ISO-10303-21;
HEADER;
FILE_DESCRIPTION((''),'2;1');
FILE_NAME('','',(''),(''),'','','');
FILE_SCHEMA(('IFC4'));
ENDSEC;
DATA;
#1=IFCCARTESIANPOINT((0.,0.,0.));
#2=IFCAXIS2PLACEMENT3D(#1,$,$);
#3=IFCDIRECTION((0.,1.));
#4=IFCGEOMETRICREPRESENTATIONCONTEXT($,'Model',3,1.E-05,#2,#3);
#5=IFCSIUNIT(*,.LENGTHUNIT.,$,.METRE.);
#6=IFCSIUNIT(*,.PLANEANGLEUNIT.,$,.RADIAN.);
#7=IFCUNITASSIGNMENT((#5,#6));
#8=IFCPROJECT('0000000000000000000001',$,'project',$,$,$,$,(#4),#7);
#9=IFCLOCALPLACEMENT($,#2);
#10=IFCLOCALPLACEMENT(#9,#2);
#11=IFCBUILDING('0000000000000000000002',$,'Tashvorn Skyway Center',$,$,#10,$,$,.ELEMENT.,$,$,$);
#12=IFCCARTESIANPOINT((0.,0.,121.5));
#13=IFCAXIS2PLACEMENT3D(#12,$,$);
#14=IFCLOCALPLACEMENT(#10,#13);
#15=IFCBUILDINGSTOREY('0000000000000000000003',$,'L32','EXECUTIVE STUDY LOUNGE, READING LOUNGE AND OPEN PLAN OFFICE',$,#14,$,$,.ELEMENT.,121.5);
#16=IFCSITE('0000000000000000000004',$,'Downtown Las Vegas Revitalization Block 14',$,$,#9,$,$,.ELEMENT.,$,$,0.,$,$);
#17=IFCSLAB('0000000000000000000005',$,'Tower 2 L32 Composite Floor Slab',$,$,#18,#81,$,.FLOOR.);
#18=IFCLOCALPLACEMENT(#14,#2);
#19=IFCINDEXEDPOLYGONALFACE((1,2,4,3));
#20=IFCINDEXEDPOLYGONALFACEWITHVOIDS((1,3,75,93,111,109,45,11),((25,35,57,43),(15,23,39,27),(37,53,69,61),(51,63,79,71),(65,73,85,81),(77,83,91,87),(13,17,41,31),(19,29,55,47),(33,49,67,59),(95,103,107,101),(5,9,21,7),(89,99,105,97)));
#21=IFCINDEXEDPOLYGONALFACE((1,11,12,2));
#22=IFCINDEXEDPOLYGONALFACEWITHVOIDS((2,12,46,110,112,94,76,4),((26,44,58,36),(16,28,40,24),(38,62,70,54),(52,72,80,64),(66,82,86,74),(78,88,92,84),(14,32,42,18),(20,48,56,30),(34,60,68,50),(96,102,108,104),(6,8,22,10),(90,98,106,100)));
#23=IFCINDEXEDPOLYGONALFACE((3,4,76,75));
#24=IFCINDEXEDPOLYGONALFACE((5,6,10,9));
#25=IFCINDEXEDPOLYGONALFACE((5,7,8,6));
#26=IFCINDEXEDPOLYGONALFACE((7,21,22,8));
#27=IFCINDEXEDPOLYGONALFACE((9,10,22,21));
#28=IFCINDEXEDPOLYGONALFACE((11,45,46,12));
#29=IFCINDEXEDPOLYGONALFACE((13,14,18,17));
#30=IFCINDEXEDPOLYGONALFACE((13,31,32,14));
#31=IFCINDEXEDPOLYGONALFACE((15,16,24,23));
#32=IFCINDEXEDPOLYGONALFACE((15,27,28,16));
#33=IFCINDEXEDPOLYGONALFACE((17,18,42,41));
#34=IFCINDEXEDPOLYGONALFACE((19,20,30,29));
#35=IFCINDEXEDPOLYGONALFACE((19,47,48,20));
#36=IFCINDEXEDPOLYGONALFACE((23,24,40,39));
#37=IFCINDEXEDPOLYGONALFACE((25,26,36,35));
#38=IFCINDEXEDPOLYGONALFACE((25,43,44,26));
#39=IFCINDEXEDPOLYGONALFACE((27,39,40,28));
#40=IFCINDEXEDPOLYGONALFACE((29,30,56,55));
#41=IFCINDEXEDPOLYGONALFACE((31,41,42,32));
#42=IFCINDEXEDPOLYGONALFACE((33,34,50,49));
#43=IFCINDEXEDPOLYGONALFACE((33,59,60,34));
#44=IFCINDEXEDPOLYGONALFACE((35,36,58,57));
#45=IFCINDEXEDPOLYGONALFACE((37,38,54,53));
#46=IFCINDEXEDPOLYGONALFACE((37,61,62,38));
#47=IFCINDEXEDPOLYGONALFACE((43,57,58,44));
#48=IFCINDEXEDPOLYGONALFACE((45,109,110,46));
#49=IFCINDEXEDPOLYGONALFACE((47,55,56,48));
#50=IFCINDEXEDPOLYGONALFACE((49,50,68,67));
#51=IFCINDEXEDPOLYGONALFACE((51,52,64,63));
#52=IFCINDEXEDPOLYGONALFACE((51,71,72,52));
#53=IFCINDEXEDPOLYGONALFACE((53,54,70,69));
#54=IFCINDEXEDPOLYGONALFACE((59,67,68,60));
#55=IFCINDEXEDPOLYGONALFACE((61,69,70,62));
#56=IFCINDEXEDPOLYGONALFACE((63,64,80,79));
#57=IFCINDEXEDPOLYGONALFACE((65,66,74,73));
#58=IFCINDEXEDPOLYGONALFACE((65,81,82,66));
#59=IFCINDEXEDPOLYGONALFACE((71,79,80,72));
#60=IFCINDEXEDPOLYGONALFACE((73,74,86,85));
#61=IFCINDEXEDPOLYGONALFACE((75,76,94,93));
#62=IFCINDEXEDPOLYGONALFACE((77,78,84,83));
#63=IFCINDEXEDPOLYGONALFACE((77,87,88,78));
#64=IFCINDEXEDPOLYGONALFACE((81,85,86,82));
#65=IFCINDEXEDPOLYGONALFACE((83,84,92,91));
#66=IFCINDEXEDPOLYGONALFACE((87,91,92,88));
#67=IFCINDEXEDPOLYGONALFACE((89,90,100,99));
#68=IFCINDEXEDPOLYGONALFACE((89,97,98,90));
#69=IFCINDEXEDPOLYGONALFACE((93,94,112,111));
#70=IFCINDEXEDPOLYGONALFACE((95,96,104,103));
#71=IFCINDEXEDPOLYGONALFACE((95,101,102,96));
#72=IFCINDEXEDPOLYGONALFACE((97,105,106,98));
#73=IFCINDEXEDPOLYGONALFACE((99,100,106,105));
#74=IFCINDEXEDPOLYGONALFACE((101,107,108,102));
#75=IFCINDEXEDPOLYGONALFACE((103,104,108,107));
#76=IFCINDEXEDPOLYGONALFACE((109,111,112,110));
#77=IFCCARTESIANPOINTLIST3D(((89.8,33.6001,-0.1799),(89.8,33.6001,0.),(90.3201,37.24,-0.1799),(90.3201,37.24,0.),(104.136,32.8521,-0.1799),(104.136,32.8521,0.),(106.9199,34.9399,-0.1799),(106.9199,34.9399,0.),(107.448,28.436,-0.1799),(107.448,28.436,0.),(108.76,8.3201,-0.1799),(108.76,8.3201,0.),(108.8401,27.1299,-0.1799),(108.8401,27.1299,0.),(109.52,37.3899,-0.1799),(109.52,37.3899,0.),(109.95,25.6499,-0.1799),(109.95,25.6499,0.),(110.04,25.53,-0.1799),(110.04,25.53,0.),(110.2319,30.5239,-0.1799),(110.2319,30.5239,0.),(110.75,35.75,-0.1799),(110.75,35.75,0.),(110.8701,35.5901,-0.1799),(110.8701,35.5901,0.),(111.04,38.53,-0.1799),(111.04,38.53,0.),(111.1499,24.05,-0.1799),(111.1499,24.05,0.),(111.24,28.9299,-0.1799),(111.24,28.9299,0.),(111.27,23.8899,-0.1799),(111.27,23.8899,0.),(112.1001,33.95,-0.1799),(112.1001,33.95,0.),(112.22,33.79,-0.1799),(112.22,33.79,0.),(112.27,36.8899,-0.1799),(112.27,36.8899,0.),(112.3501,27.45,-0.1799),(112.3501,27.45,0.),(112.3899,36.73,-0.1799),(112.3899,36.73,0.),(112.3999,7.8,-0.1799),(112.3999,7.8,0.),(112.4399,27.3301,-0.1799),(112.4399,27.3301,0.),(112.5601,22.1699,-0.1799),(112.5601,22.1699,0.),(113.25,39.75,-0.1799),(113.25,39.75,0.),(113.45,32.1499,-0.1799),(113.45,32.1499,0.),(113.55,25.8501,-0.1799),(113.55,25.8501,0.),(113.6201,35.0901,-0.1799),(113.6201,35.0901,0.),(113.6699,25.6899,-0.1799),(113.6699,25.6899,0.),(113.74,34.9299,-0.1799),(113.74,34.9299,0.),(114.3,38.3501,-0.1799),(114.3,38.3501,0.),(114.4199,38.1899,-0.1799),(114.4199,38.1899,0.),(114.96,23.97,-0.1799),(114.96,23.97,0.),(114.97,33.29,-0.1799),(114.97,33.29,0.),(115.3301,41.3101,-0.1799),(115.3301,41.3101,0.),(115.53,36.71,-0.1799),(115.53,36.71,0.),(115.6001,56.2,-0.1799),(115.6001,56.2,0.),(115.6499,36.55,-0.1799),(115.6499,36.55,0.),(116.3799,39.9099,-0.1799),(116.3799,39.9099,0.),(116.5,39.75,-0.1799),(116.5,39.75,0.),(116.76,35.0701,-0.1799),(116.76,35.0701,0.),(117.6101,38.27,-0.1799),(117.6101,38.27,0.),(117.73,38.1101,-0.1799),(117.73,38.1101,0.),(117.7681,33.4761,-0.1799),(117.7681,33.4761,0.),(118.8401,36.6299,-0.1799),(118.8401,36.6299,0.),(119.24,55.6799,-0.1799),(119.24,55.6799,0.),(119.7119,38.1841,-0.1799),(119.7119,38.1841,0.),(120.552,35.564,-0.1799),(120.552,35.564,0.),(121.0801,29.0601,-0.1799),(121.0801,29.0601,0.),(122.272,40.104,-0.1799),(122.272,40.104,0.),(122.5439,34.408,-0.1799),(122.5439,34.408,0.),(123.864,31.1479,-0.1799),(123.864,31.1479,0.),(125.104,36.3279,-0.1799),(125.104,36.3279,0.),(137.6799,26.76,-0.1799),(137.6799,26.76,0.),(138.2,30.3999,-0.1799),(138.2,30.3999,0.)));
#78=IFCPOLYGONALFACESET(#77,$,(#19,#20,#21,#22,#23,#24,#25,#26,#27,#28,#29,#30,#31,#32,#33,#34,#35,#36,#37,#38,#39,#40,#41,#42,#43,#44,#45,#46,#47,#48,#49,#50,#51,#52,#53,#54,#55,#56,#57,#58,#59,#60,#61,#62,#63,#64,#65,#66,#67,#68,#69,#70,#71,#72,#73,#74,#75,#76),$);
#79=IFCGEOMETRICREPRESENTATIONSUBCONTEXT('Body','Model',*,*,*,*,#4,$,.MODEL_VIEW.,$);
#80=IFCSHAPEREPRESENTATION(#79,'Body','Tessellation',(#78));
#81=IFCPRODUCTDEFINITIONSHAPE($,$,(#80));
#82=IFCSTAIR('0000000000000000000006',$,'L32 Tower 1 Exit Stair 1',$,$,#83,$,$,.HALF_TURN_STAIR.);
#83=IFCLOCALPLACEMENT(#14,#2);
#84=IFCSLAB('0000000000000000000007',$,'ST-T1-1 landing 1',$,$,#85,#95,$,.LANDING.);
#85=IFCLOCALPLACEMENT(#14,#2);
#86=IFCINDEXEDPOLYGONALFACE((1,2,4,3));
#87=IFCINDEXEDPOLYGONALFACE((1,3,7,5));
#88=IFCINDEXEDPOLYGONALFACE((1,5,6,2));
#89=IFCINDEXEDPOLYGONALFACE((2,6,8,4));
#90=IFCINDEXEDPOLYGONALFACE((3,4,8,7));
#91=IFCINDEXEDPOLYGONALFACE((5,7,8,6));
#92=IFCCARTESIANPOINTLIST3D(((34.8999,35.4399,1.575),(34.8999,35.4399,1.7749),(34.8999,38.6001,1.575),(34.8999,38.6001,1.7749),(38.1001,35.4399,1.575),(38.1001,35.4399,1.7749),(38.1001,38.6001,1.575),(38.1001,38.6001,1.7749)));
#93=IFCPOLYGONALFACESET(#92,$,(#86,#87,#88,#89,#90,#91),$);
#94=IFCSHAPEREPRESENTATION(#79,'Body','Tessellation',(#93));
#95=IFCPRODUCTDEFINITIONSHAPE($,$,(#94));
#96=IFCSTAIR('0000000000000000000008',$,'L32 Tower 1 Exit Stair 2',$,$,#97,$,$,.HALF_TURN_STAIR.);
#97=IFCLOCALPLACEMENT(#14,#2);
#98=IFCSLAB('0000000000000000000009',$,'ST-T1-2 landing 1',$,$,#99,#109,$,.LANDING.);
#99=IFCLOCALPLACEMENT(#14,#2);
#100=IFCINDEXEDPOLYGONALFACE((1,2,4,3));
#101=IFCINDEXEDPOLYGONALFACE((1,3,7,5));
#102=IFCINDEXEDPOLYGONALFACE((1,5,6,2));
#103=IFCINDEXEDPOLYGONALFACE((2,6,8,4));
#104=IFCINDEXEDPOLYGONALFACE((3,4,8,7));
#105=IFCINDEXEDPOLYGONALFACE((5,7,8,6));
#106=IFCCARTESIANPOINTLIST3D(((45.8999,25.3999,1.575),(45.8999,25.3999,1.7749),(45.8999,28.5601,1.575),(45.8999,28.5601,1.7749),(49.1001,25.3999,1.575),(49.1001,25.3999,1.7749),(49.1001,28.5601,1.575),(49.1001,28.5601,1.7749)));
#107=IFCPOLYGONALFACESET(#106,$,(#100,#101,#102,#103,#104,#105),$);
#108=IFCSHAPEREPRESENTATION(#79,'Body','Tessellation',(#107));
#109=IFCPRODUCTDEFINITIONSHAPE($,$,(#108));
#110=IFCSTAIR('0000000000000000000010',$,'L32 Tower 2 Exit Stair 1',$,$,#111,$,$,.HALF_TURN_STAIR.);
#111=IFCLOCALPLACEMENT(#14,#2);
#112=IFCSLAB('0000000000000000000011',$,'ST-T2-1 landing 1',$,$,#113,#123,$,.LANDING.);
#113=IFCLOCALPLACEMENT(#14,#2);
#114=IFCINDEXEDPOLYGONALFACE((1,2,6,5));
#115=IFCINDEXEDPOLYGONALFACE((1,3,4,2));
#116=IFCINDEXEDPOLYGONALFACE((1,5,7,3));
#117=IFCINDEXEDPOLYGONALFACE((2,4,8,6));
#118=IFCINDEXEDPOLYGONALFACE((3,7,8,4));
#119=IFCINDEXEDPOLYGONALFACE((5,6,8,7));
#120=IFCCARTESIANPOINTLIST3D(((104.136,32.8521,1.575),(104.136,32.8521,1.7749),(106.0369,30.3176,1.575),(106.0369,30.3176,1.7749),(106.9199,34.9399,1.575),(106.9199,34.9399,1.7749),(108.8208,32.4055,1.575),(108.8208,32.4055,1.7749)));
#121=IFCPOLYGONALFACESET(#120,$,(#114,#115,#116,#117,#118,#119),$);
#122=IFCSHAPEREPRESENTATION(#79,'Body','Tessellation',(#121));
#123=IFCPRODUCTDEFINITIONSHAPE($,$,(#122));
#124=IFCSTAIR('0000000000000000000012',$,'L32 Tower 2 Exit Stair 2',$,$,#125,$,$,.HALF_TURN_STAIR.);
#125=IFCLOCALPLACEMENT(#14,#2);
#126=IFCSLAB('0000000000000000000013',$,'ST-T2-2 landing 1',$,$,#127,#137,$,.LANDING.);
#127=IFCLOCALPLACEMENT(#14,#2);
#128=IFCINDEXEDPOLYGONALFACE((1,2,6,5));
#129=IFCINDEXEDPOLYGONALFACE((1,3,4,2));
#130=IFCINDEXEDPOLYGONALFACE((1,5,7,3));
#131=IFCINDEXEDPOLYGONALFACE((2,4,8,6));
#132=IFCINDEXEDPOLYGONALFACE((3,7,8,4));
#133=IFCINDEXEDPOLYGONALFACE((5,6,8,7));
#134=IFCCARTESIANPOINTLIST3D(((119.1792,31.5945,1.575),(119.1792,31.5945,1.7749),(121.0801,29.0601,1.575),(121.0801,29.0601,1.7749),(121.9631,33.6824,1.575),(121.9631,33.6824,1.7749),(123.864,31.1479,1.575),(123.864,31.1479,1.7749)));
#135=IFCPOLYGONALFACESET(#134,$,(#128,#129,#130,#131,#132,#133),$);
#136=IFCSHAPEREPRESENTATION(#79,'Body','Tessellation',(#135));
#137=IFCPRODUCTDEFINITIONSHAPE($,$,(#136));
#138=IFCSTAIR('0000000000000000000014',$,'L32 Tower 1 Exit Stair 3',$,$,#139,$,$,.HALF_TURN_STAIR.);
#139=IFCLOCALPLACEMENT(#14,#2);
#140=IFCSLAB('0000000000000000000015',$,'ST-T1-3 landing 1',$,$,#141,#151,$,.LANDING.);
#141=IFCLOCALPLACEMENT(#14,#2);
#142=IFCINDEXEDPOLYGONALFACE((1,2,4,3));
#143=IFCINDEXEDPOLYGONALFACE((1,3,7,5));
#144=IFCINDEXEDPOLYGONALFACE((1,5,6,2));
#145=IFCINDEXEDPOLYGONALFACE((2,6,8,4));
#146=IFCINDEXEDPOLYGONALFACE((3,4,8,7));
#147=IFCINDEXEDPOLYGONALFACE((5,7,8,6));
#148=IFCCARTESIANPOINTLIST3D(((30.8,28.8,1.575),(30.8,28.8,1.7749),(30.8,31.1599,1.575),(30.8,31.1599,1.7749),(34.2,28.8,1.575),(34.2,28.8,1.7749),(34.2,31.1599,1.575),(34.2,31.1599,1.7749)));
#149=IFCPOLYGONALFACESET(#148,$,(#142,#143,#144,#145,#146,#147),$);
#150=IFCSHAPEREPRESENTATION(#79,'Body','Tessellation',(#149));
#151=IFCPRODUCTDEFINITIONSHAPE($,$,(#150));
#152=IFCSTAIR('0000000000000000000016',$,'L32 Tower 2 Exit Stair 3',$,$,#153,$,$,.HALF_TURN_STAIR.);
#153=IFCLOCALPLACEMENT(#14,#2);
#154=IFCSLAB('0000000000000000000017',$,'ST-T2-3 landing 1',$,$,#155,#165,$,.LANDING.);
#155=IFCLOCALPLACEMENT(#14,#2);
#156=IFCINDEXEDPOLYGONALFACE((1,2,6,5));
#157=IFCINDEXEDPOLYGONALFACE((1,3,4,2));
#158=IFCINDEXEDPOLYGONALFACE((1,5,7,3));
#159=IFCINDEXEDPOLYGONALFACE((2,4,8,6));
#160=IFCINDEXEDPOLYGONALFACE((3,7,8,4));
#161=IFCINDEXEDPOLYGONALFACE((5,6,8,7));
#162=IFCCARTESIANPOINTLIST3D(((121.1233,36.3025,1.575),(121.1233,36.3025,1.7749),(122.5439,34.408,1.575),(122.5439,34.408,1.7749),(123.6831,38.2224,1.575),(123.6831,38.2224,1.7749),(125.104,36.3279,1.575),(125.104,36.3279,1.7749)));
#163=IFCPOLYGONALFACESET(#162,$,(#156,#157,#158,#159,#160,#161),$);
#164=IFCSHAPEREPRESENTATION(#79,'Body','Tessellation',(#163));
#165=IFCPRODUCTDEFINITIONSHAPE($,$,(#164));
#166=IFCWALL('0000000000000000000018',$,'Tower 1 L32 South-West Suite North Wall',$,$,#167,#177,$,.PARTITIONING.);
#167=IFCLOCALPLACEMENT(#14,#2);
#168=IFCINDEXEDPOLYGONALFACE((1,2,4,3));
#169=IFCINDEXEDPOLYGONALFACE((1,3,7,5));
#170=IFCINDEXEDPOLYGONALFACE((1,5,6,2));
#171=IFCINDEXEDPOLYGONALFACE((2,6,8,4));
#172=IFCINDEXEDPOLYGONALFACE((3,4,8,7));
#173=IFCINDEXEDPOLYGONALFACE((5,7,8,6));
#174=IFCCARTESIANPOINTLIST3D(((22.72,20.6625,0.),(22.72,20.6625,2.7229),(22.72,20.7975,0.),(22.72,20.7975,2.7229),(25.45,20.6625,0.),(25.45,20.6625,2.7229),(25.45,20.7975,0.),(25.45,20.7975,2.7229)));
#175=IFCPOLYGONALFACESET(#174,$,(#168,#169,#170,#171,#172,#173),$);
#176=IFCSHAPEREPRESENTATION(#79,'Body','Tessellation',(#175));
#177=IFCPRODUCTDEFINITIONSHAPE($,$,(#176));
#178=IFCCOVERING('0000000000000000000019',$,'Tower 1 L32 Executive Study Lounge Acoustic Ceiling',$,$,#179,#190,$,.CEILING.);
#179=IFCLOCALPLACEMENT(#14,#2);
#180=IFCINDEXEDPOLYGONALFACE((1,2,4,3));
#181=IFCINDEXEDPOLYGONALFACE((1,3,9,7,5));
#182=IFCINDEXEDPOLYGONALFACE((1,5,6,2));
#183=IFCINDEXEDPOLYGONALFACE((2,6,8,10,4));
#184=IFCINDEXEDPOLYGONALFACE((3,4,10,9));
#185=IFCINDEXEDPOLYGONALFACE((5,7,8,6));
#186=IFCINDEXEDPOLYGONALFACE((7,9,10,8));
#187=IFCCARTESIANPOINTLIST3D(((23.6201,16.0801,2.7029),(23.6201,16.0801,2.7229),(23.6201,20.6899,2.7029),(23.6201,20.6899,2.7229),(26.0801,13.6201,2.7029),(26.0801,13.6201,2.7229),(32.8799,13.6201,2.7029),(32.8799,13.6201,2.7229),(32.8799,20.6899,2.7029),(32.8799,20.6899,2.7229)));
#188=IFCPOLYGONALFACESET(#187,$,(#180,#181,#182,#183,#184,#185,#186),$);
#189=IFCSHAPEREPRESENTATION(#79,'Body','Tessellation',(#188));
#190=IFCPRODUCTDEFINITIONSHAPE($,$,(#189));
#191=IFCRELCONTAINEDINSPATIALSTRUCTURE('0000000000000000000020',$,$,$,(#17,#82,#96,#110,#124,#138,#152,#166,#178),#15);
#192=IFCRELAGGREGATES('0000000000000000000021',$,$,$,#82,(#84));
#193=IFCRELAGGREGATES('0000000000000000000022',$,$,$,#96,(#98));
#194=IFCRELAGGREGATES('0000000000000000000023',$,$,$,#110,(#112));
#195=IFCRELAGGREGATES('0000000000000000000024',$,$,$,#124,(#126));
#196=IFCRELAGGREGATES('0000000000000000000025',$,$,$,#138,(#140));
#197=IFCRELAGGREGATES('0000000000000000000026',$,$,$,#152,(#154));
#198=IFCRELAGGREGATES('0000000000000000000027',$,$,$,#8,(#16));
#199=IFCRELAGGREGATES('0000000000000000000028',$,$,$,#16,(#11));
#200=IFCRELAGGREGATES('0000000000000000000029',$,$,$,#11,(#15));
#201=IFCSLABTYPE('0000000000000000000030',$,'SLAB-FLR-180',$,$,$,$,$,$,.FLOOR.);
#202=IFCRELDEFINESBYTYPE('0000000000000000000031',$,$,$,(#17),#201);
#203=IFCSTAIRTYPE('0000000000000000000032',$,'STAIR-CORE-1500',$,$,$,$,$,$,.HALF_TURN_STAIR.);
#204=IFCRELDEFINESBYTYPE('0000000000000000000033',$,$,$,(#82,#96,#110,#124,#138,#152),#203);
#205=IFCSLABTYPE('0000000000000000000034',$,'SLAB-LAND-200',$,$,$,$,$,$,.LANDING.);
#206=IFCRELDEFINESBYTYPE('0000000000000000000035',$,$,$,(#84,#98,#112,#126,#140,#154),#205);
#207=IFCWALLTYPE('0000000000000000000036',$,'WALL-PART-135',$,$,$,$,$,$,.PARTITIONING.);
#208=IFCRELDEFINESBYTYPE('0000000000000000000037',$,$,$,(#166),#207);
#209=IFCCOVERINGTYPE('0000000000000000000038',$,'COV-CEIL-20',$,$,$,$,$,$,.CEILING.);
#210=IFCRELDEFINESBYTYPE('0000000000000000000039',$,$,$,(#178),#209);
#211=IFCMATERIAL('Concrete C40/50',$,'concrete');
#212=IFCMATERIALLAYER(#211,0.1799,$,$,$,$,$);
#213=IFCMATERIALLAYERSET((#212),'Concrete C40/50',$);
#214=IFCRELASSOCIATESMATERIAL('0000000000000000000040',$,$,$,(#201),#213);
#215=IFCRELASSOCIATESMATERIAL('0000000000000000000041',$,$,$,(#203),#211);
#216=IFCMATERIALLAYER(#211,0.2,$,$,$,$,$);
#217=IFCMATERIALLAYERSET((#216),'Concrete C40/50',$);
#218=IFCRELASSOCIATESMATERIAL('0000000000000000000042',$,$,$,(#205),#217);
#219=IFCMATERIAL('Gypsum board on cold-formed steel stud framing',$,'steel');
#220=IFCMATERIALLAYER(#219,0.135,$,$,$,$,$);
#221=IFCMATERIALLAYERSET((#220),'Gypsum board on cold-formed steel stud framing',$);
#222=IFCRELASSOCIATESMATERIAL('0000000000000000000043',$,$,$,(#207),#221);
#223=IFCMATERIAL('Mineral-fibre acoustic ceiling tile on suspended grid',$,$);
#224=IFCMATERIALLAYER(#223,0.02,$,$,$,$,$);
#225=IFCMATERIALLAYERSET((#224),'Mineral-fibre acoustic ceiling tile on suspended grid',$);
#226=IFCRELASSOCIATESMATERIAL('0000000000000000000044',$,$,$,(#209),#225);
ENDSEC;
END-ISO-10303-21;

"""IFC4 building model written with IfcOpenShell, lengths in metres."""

from ifc_helpers import new_model, si_unit, direction, frame, frame_2d, origin, place, context, subcontext, project, spatial, polyline, rectangle, outline, extrude, material, layer, layer_set, type_object, element, aggregate, save


model = new_model("IFC4")

# Units and contexts
model_context = context("Model", 3, precision=1e-05, world=origin(), true_north=direction((0.0, 1.0)))
body_context = subcontext(model_context, "Body", "Model", "MODEL_VIEW")
ifc_project = project(units=[si_unit("LENGTHUNIT", "METRE"), si_unit("PLANEANGLEUNIT", "RADIAN")], contexts=[model_context])

# Site, building, storey
site_placement = place(None, origin())
site = spatial("IfcSite", under=ifc_project, at=site_placement, Name="Downtown Las Vegas Revitalization Block 14", CompositionType="ELEMENT", RefElevation=0.0)
building_placement = place(site_placement, origin())
building = spatial("IfcBuilding", under=site, at=building_placement, Name="Tashvorn Skyway Center", CompositionType="ELEMENT")
storey_placement = place(building_placement, frame((0.0, 0.0, 121.5)))
storey = spatial("IfcBuildingStorey", under=building, at=storey_placement, Name="L32", Description="EXECUTIVE STUDY LOUNGE, READING LOUNGE AND OPEN PLAN OFFICE", CompositionType="ELEMENT", Elevation=121.5)

# Slab
ifc_material_1 = material(Name="Concrete C40/50", Category="concrete")
ifc_layer_1 = layer(ifc_material_1, 0.1799)
ifc_layer_set_1 = layer_set([ifc_layer_1], Name="Concrete C40/50")
slab_type_1 = type_object("IfcSlabType", Name="SLAB-FLR-180", PredefinedType="FLOOR", material=ifc_layer_set_1)
slab_1_placement = place(storey_placement, frame((0.0, 0.0, -0.1799)))
element("IfcSlab", 1, at=slab_1_placement, inside=storey, type_object=slab_type_1, Name="Tower 2 L32 Composite Floor Slab", PredefinedType="FLOOR", context=body_context, shape_type="SweptSolid", body=[
    extrude(outline(polyline([(112.3999, 7.8), (137.6799, 26.76), (138.2, 30.3999), (119.24, 55.6799), (115.6001, 56.2), (90.3201, 37.24), (89.8, 33.6001), (108.76, 8.3201), (112.3999, 7.8)]), holes=[polyline([(110.2319, 30.5239), (106.9199, 34.9399), (104.136, 32.8521), (107.448, 28.436), (110.2319, 30.5239)]), polyline([(117.7681, 33.4761), (121.0801, 29.0601), (123.864, 31.1479), (120.552, 35.564), (117.7681, 33.4761)]), polyline([(119.7119, 38.1841), (122.5439, 34.408), (125.104, 36.3279), (122.272, 40.104), (119.7119, 38.1841)]), polyline([(109.95, 25.6499), (112.3501, 27.45), (111.24, 28.9299), (108.8401, 27.1299), (109.95, 25.6499)]), polyline([(111.1499, 24.05), (113.55, 25.8501), (112.4399, 27.3301), (110.04, 25.53), (111.1499, 24.05)]), polyline([(112.5601, 22.1699), (114.96, 23.97), (113.6699, 25.6899), (111.27, 23.8899), (112.5601, 22.1699)]), polyline([(113.45, 32.1499), (114.97, 33.29), (113.74, 34.9299), (112.22, 33.79), (113.45, 32.1499)]), polyline([(112.1001, 33.95), (113.6201, 35.0901), (112.3899, 36.73), (110.8701, 35.5901), (112.1001, 33.95)]), polyline([(110.75, 35.75), (112.27, 36.8899), (111.04, 38.53), (109.52, 37.3899), (110.75, 35.75)]), polyline([(116.76, 35.0701), (118.8401, 36.6299), (117.73, 38.1101), (115.6499, 36.55), (116.76, 35.0701)]), polyline([(115.53, 36.71), (117.6101, 38.27), (116.5, 39.75), (114.4199, 38.1899), (115.53, 36.71)]), polyline([(114.3, 38.3501), (116.3799, 39.9099), (115.3301, 41.3101), (113.25, 39.75), (114.3, 38.3501)])]), origin(), (0.0, 0.0, 1.0), 0.1799),
])

# Stairs, slabs
stair_type = type_object("IfcStairType", Name="STAIR-CORE-1500", PredefinedType="HALF_TURN_STAIR", material=ifc_material_1)
stair_1_placement = place(storey_placement, origin())
stair_1 = element("IfcStair", 2, at=stair_1_placement, inside=storey, type_object=stair_type, Name="L32 Tower 1 Exit Stair 1", PredefinedType="HALF_TURN_STAIR")
ifc_layer_2 = layer(ifc_material_1, 0.2)
ifc_layer_set_2 = layer_set([ifc_layer_2], Name="Concrete C40/50")
slab_type_2 = type_object("IfcSlabType", Name="SLAB-LAND-200", PredefinedType="LANDING", material=ifc_layer_set_2)
slab_2_placement = place(storey_placement, frame((0.0, 0.0, 1.575)))
slab_2 = element("IfcSlab", 3, at=slab_2_placement, type_object=slab_type_2, Name="ST-T1-1 landing 1", PredefinedType="LANDING", context=body_context, shape_type="SweptSolid", body=[
    extrude(outline(polyline([(38.1001, 35.4399), (38.1001, 38.6001), (34.8999, 38.6001), (34.8999, 35.4399), (38.1001, 35.4399)])), origin(), (0.0, 0.0, 1.0), 0.2),
])
aggregate(stair_1, [slab_2])
stair_2_placement = place(storey_placement, origin())
stair_2 = element("IfcStair", 4, at=stair_2_placement, inside=storey, type_object=stair_type, Name="L32 Tower 1 Exit Stair 2", PredefinedType="HALF_TURN_STAIR")
slab_3_placement = place(storey_placement, frame((0.0, 0.0, 1.575)))
slab_3 = element("IfcSlab", 5, at=slab_3_placement, type_object=slab_type_2, Name="ST-T1-2 landing 1", PredefinedType="LANDING", context=body_context, shape_type="SweptSolid", body=[
    extrude(outline(polyline([(45.8999, 28.5601), (45.8999, 25.3999), (49.1001, 25.3999), (49.1001, 28.5601), (45.8999, 28.5601)])), origin(), (0.0, 0.0, 1.0), 0.2),
])
aggregate(stair_2, [slab_3])
stair_3_placement = place(storey_placement, origin())
stair_3 = element("IfcStair", 6, at=stair_3_placement, inside=storey, type_object=stair_type, Name="L32 Tower 2 Exit Stair 1", PredefinedType="HALF_TURN_STAIR")
slab_4_placement = place(storey_placement, frame((0.0, 0.0, 1.575)))
slab_4 = element("IfcSlab", 7, at=slab_4_placement, type_object=slab_type_2, Name="ST-T2-1 landing 1", PredefinedType="LANDING", context=body_context, shape_type="SweptSolid", body=[
    extrude(outline(polyline([(108.8208, 32.4055), (106.9199, 34.9399), (104.136, 32.8521), (106.0369, 30.3176), (108.8208, 32.4055)])), origin(), (0.0, 0.0, 1.0), 0.2),
])
aggregate(stair_3, [slab_4])
stair_4_placement = place(storey_placement, origin())
stair_4 = element("IfcStair", 8, at=stair_4_placement, inside=storey, type_object=stair_type, Name="L32 Tower 2 Exit Stair 2", PredefinedType="HALF_TURN_STAIR")
slab_5_placement = place(storey_placement, frame((0.0, 0.0, 1.575)))
slab_5 = element("IfcSlab", 9, at=slab_5_placement, type_object=slab_type_2, Name="ST-T2-2 landing 1", PredefinedType="LANDING", context=body_context, shape_type="SweptSolid", body=[
    extrude(outline(polyline([(119.1792, 31.5945), (121.0801, 29.0601), (123.864, 31.1479), (121.9631, 33.6824), (119.1792, 31.5945)])), origin(), (0.0, 0.0, 1.0), 0.2),
])
aggregate(stair_4, [slab_5])
stair_5_placement = place(storey_placement, origin())
stair_5 = element("IfcStair", 10, at=stair_5_placement, inside=storey, type_object=stair_type, Name="L32 Tower 1 Exit Stair 3", PredefinedType="HALF_TURN_STAIR")
slab_6_placement = place(storey_placement, frame((0.0, 0.0, 1.575)))
slab_6 = element("IfcSlab", 11, at=slab_6_placement, type_object=slab_type_2, Name="ST-T1-3 landing 1", PredefinedType="LANDING", context=body_context, shape_type="SweptSolid", body=[
    extrude(outline(polyline([(30.8, 31.1599), (30.8, 28.8), (34.2, 28.8), (34.2, 31.1599), (30.8, 31.1599)])), origin(), (0.0, 0.0, 1.0), 0.2),
])
aggregate(stair_5, [slab_6])
stair_6_placement = place(storey_placement, origin())
stair_6 = element("IfcStair", 12, at=stair_6_placement, inside=storey, type_object=stair_type, Name="L32 Tower 2 Exit Stair 3", PredefinedType="HALF_TURN_STAIR")
slab_7_placement = place(storey_placement, frame((0.0, 0.0, 1.575)))
slab_7 = element("IfcSlab", 13, at=slab_7_placement, type_object=slab_type_2, Name="ST-T2-3 landing 1", PredefinedType="LANDING", context=body_context, shape_type="SweptSolid", body=[
    extrude(outline(polyline([(121.1233, 36.3025), (122.5439, 34.408), (125.104, 36.3279), (123.6831, 38.2224), (121.1233, 36.3025)])), origin(), (0.0, 0.0, 1.0), 0.2),
])
aggregate(stair_6, [slab_7])

# Wall
ifc_material_2 = material(Name="Gypsum board on cold-formed steel stud framing", Category="steel")
ifc_layer_3 = layer(ifc_material_2, 0.135)
ifc_layer_set_3 = layer_set([ifc_layer_3], Name="Gypsum board on cold-formed steel stud framing")
wall_type = type_object("IfcWallType", Name="WALL-PART-135", PredefinedType="PARTITIONING", material=ifc_layer_set_3)
wall_placement = place(storey_placement, frame((22.72, 20.73, 0.0), z_axis=(0.0, 0.0, 1.0), x_axis=(1.0, 0.0, 0.0)))
element("IfcWall", 14, at=wall_placement, inside=storey, type_object=wall_type, Name="Tower 1 L32 South-West Suite North Wall", PredefinedType="PARTITIONING", context=body_context, shape_type="SweptSolid", body=[
    extrude(rectangle(XDim=2.73, YDim=0.135, at=frame_2d((1.365, 0.0))), origin(), (0.0, 0.0, 1.0), 2.7229),
])

# Covering
ifc_material_3 = material(Name="Mineral-fibre acoustic ceiling tile on suspended grid")
ifc_layer_4 = layer(ifc_material_3, 0.02)
ifc_layer_set_4 = layer_set([ifc_layer_4], Name="Mineral-fibre acoustic ceiling tile on suspended grid")
covering_type_1 = type_object("IfcCoveringType", Name="COV-CEIL-20", PredefinedType="CEILING", material=ifc_layer_set_4)
covering_1_placement = place(storey_placement, frame((0.0, 0.0, 2.7029)))
element("IfcCovering", 15, at=covering_1_placement, inside=storey, type_object=covering_type_1, Name="Tower 1 L32 Executive Study Lounge Acoustic Ceiling", PredefinedType="CEILING", context=body_context, shape_type="SweptSolid", body=[
    extrude(outline(polyline([(23.6201, 20.6899), (32.8799, 20.6899), (32.8799, 13.6201), (26.0801, 13.6201), (23.6201, 16.0801), (23.6201, 20.6899)])), origin(), (0.0, 0.0, 1.0), 0.02),
])

save(model, "model.ifc")
